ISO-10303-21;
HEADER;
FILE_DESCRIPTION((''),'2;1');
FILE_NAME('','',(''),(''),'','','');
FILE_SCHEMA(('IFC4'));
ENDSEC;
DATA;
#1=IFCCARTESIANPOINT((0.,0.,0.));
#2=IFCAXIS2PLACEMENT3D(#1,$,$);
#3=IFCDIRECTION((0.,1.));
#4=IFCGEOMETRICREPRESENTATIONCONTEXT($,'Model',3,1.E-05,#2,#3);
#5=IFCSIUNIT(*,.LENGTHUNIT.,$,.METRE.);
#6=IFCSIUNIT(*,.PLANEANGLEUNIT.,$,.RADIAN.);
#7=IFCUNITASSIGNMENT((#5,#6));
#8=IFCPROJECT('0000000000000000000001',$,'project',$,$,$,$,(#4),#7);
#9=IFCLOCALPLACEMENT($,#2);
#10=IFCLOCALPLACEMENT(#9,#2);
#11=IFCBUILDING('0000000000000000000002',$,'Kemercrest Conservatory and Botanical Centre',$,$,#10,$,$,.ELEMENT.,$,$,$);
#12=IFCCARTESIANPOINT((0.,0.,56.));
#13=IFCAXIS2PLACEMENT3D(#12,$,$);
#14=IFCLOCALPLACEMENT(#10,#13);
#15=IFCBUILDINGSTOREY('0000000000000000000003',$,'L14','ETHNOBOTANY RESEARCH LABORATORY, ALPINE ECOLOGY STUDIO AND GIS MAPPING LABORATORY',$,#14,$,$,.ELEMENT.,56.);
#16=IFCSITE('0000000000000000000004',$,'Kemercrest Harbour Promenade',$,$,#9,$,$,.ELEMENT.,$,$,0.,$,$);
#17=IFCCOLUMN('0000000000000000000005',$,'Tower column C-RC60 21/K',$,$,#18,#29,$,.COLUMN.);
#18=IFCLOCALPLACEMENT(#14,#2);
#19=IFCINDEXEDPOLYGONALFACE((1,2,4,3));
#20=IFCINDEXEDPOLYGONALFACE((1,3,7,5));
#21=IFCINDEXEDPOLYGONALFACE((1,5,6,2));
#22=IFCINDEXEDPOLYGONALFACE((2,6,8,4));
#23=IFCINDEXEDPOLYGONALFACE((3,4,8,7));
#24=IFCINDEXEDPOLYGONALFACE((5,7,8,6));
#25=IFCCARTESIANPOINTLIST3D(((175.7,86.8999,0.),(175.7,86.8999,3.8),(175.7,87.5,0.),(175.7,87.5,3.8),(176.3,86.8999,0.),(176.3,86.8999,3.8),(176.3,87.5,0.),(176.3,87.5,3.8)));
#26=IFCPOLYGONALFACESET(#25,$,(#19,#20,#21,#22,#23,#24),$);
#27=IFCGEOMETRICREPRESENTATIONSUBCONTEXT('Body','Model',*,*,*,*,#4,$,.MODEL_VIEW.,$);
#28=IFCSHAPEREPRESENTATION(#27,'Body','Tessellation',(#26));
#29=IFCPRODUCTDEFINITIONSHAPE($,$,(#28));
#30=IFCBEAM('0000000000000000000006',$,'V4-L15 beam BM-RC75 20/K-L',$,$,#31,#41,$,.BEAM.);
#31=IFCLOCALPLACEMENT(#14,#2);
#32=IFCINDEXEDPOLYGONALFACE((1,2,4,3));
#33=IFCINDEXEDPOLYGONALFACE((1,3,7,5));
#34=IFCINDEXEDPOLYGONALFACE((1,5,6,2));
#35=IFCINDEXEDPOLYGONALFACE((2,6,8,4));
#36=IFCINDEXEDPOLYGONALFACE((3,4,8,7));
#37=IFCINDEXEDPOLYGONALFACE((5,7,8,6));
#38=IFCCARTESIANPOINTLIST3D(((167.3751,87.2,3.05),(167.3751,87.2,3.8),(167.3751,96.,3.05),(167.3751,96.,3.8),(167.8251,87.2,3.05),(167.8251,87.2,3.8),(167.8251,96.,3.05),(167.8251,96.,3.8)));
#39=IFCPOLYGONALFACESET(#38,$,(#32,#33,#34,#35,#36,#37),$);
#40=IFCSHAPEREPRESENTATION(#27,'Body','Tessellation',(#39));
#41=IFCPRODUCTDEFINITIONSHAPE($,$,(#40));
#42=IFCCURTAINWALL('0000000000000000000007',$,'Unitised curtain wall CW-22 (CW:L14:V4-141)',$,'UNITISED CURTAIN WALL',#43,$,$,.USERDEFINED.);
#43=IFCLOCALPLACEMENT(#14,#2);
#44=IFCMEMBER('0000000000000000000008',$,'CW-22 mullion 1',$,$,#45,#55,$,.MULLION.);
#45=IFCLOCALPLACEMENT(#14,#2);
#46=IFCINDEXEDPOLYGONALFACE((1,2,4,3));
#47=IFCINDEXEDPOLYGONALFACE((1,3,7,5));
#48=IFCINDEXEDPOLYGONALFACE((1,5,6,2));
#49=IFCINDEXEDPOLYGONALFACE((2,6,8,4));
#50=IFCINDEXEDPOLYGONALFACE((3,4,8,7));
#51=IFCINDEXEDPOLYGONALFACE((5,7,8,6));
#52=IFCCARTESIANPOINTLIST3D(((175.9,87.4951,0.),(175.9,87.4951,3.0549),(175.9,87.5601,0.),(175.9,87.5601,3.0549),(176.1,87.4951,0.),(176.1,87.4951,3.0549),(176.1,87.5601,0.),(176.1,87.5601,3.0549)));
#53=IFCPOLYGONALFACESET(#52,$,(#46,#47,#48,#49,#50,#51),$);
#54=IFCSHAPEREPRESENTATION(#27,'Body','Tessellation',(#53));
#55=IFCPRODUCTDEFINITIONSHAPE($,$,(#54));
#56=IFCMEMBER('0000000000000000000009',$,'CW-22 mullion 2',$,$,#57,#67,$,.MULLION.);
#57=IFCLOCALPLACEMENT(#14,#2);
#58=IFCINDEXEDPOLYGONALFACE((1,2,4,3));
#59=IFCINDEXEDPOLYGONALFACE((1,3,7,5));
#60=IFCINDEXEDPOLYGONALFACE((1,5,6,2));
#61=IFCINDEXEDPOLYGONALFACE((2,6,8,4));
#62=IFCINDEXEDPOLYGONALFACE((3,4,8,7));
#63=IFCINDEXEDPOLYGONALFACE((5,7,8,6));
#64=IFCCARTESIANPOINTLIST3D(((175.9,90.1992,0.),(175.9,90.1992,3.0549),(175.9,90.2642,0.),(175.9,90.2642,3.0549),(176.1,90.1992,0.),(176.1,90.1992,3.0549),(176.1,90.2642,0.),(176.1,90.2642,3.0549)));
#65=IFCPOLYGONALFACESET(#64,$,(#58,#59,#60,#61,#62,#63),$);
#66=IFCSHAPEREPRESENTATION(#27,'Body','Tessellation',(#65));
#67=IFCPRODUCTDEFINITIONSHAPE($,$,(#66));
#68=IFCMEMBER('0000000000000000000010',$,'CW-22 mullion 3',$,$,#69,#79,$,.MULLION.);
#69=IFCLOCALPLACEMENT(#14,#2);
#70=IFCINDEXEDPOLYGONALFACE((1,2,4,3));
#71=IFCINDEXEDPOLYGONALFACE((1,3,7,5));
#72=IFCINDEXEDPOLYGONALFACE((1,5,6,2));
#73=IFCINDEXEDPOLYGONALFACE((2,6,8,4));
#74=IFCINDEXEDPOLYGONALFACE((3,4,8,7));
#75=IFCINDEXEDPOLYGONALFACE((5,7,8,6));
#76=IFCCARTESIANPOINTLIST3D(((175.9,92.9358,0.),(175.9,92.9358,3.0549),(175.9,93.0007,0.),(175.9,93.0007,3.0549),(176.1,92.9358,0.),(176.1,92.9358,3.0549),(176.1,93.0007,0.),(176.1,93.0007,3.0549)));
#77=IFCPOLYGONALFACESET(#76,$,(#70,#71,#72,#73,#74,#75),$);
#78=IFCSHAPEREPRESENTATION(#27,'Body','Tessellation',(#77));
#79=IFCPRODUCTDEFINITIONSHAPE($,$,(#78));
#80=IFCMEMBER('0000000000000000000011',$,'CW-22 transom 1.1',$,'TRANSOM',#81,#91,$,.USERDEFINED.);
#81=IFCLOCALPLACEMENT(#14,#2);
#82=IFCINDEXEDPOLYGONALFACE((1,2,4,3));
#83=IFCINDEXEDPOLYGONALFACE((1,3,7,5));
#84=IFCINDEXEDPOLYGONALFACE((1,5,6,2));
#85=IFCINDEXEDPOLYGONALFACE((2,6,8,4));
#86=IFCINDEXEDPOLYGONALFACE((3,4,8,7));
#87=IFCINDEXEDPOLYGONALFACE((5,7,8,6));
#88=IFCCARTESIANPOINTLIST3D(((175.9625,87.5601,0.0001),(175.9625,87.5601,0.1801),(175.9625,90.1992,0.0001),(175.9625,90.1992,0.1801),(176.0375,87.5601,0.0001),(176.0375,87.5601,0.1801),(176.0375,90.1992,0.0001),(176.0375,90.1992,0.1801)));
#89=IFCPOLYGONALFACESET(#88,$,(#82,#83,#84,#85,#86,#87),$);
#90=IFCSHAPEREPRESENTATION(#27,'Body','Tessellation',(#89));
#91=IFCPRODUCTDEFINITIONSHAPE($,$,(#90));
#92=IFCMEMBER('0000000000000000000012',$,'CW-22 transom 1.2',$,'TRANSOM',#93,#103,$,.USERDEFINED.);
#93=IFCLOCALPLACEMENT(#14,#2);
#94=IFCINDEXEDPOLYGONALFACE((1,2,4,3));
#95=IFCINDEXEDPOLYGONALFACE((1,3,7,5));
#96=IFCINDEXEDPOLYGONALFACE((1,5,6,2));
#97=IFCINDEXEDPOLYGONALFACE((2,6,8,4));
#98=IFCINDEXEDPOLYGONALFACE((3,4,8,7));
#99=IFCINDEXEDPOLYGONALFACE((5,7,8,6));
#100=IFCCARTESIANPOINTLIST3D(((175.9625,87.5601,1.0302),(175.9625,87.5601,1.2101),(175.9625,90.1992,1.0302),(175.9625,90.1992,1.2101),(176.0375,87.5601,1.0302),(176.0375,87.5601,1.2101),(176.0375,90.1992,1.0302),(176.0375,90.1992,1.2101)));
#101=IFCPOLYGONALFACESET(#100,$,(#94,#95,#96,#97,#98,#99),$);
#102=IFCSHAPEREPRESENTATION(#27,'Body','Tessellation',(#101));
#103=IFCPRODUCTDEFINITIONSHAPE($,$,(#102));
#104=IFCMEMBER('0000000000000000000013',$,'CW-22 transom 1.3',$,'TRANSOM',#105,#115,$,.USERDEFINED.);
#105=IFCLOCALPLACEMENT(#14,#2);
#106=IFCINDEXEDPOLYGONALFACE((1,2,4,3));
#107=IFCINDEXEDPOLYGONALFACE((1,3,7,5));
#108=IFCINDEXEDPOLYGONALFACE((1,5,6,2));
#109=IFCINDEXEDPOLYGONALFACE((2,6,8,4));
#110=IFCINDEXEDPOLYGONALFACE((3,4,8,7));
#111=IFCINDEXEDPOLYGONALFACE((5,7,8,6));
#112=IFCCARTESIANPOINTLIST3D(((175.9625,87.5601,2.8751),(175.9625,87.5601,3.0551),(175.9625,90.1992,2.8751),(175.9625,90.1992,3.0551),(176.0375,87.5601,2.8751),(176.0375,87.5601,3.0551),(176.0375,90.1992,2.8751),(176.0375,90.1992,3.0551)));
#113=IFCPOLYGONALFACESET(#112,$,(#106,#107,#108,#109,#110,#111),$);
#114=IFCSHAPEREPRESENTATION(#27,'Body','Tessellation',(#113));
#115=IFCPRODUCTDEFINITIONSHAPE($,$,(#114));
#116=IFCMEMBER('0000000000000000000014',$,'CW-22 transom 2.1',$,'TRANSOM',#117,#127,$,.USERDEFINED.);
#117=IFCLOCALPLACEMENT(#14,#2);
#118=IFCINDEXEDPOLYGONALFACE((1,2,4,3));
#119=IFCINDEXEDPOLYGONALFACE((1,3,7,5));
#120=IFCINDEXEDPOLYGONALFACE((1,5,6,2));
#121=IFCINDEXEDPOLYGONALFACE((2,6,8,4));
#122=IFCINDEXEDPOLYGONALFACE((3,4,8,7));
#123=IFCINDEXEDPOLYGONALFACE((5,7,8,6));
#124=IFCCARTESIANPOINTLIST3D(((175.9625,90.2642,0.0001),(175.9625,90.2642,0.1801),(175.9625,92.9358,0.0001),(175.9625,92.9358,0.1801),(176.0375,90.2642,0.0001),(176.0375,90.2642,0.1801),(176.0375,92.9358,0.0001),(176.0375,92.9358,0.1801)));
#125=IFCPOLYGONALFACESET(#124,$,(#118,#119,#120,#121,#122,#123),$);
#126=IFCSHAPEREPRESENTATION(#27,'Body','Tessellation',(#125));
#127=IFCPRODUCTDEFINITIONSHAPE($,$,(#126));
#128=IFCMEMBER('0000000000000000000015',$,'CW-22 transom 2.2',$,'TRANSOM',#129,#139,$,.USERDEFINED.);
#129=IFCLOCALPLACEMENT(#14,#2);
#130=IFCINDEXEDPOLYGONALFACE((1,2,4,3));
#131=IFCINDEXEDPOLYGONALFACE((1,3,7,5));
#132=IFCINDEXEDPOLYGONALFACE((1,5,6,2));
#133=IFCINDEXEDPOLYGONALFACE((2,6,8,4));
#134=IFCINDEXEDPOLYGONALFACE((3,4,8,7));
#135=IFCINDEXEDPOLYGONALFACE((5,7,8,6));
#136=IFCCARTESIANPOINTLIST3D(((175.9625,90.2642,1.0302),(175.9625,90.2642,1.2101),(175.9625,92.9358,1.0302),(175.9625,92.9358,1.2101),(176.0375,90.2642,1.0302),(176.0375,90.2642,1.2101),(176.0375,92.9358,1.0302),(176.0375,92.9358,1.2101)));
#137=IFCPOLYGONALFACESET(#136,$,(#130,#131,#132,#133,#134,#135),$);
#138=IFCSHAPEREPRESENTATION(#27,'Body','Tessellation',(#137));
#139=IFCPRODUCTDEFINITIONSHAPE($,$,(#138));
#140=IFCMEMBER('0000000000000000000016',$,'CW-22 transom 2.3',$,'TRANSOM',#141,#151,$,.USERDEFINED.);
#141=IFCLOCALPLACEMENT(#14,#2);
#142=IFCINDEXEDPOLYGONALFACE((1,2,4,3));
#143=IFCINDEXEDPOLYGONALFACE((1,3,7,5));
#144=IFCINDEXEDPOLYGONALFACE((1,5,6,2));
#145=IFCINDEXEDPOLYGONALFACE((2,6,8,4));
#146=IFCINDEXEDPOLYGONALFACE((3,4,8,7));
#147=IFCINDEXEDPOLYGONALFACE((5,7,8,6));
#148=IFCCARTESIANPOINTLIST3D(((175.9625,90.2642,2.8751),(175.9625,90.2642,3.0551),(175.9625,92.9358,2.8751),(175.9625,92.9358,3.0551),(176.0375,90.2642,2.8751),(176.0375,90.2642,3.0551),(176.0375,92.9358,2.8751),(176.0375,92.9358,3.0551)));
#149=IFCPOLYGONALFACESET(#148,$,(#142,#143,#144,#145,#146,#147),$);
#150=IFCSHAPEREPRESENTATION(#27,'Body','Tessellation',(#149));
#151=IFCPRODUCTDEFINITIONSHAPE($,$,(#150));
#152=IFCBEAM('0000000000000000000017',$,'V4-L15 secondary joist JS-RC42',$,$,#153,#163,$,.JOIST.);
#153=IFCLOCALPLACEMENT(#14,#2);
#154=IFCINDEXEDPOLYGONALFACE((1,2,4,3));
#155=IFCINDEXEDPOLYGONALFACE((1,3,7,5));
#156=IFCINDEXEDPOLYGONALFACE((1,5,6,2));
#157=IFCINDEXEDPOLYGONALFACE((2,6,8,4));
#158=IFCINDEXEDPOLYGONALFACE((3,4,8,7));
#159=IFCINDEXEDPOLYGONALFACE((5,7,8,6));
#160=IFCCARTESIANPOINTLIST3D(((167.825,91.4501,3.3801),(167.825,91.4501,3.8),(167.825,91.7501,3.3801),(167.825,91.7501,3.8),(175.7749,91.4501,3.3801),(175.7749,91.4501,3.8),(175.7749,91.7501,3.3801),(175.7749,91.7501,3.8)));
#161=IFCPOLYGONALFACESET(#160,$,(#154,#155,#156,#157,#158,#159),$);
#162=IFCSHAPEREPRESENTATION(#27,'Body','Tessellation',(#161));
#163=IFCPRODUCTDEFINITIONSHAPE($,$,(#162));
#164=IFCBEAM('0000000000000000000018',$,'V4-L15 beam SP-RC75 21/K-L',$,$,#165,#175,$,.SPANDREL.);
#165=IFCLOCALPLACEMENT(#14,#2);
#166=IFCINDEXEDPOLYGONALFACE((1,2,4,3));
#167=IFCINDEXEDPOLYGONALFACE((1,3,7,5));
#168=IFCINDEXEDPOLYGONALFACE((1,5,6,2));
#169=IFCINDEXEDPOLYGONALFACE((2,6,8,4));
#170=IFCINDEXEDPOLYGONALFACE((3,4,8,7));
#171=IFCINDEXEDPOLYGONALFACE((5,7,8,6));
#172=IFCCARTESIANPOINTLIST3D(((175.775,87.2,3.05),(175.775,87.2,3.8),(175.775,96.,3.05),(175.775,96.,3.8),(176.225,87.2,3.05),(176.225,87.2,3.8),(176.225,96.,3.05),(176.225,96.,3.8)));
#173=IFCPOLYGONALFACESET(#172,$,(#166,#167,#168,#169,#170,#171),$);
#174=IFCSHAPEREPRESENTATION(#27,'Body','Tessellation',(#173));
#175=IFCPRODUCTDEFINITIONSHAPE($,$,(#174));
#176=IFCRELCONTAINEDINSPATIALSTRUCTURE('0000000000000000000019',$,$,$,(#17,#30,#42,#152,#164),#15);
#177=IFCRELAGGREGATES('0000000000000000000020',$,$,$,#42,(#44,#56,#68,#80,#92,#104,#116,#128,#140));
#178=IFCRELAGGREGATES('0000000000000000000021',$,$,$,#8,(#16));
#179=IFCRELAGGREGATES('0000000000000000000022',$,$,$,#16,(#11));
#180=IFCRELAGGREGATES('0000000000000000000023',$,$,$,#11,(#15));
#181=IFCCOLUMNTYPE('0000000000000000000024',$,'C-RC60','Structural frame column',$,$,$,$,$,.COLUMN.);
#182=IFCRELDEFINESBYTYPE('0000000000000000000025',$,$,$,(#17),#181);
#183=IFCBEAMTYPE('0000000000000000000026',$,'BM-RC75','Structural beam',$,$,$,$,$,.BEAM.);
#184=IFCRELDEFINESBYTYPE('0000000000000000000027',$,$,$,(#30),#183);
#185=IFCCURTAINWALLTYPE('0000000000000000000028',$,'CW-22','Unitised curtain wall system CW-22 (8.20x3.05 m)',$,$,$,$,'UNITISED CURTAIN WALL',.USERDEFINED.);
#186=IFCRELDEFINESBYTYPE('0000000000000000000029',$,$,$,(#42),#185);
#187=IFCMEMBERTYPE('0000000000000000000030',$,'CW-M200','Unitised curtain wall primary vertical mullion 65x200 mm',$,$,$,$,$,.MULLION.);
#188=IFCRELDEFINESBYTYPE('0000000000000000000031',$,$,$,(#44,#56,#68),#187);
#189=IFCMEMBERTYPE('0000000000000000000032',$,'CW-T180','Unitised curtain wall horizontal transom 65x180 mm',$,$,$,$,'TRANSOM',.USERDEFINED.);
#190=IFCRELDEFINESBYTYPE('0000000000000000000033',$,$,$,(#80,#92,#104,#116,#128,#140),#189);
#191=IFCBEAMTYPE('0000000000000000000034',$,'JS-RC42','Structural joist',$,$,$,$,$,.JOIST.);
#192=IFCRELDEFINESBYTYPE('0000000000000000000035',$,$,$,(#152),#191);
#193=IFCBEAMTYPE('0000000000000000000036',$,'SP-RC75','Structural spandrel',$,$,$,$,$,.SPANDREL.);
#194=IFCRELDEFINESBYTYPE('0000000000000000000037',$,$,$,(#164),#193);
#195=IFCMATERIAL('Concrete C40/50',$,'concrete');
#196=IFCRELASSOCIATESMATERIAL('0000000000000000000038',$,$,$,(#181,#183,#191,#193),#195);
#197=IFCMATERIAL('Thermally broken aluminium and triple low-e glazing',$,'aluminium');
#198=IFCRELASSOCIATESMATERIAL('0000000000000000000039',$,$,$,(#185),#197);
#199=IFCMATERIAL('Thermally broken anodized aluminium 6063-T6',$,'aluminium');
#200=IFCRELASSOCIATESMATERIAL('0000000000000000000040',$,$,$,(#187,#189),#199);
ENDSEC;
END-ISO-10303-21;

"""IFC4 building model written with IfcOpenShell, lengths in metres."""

from ifc_helpers import new_model, si_unit, direction, frame, origin, origin_2d, place, context, subcontext, project, spatial, rectangle, extrude, material, material_profile, profile_set, type_object, element, aggregate, save


model = new_model("IFC4")

# Units and contexts
model_context = context("Model", 3, precision=1e-05, world=origin(), true_north=direction((0.0, 1.0)))
body_context = subcontext(model_context, "Body", "Model", "MODEL_VIEW")
ifc_project = project(units=[si_unit("LENGTHUNIT", "METRE"), si_unit("PLANEANGLEUNIT", "RADIAN")], contexts=[model_context])

# Site, building, storey
site_placement = place(None, origin())
site = spatial("IfcSite", under=ifc_project, at=site_placement, Name="Kemercrest Harbour Promenade", CompositionType="ELEMENT", RefElevation=0.0)
building_placement = place(site_placement, origin())
building = spatial("IfcBuilding", under=site, at=building_placement, Name="Kemercrest Conservatory and Botanical Centre", CompositionType="ELEMENT")
storey_placement = place(building_placement, frame((0.0, 0.0, 56.0)))
storey = spatial("IfcBuildingStorey", under=building, at=storey_placement, Name="L14", Description="ETHNOBOTANY RESEARCH LABORATORY, ALPINE ECOLOGY STUDIO AND GIS MAPPING LABORATORY", CompositionType="ELEMENT", Elevation=56.0)

# Column
ifc_material_1 = material(Name="Concrete C40/50", Category="concrete")
ifc_material_profile_1 = material_profile(ifc_material_1, rectangle(XDim=0.6001, YDim=0.6001, at=origin_2d()), Name="RC 600x600")
ifc_profile_set_1 = profile_set([ifc_material_profile_1], Name="Concrete C40/50")
column_type = type_object("IfcColumnType", Name="C-RC60", Description="Structural frame column", PredefinedType="COLUMN", material=ifc_profile_set_1)
column_placement = place(storey_placement, frame((176.0, 87.2, 0.0), z_axis=(0.0, 0.0, 1.0), x_axis=(1.0, 0.0, 0.0)))
element("IfcColumn", 1, at=column_placement, inside=storey, type_object=column_type, Name="Tower column C-RC60 21/K", PredefinedType="COLUMN", context=body_context, shape_type="SweptSolid", body=[
    extrude(rectangle(XDim=0.6001, YDim=0.6001, at=origin_2d()), origin(), (0.0, 0.0, 1.0), 3.8),
])

# Beam
ifc_material_profile_2 = material_profile(ifc_material_1, rectangle(XDim=0.45, YDim=0.75, at=origin_2d()), Name="RC 450x750")
ifc_profile_set_2 = profile_set([ifc_material_profile_2], Name="Concrete C40/50")
beam_type_1 = type_object("IfcBeamType", Name="BM-RC75", Description="Structural beam", PredefinedType="BEAM", material=ifc_profile_set_2)
beam_1_placement = place(storey_placement, frame((167.6001, 87.2, 3.425), z_axis=(0.0, 1.0, 0.0), x_axis=(-1.0, 0.0, 0.0)))
element("IfcBeam", 2, at=beam_1_placement, inside=storey, type_object=beam_type_1, Name="V4-L15 beam BM-RC75 20/K-L", PredefinedType="BEAM", context=body_context, shape_type="SweptSolid", body=[
    extrude(rectangle(XDim=0.45, YDim=0.75, at=origin_2d()), origin(), (0.0, 0.0, 1.0), 8.8),
])

# Curtain wall, members
ifc_material_2 = material(Name="Thermally broken aluminium and triple low-e glazing", Category="aluminium")
curtain_wall_type = type_object("IfcCurtainWallType", Name="CW-22", Description="Unitised curtain wall system CW-22 (8.20x3.05 m)", ElementType="UNITISED CURTAIN WALL", PredefinedType="USERDEFINED", material=ifc_material_2)
curtain_wall_placement = place(storey_placement, origin())
curtain_wall = element("IfcCurtainWall", 3, at=curtain_wall_placement, inside=storey, type_object=curtain_wall_type, Name="Unitised curtain wall CW-22 (CW:L14:V4-141)", ObjectType="UNITISED CURTAIN WALL", PredefinedType="USERDEFINED")
ifc_material_3 = material(Name="Thermally broken anodized aluminium 6063-T6", Category="aluminium")
ifc_material_profile_3 = material_profile(ifc_material_3, rectangle(XDim=0.2, YDim=0.0649, at=origin_2d()), Name="AL MULLION 65x200")
ifc_profile_set_3 = profile_set([ifc_material_profile_3], Name="Thermally broken anodized aluminium 6063-T6")
member_type_1 = type_object("IfcMemberType", Name="CW-M200", Description="Unitised curtain wall primary vertical mullion 65x200 mm", PredefinedType="MULLION", material=ifc_profile_set_3)
member_1_placement = place(storey_placement, frame((176.0, 87.5276, 0.0), z_axis=(0.0, 0.0, 1.0), x_axis=(-1.0, 0.0, 0.0)))
member_1 = element("IfcMember", 4, at=member_1_placement, type_object=member_type_1, Name="CW-22 mullion 1", PredefinedType="MULLION", context=body_context, shape_type="SweptSolid", body=[
    extrude(rectangle(XDim=0.2, YDim=0.0649, at=origin_2d()), origin(), (0.0, 0.0, 1.0), 3.0549),
])
member_2_placement = place(storey_placement, frame((176.0, 90.2317, 0.0), z_axis=(0.0, 0.0, 1.0), x_axis=(-1.0, 0.0, 0.0)))
member_2 = element("IfcMember", 5, at=member_2_placement, type_object=member_type_1, Name="CW-22 mullion 2", PredefinedType="MULLION", context=body_context, shape_type="SweptSolid", body=[
    extrude(rectangle(XDim=0.2, YDim=0.0649, at=origin_2d()), origin(), (0.0, 0.0, 1.0), 3.0549),
])
member_3_placement = place(storey_placement, frame((176.0, 92.9683, 0.0), z_axis=(0.0, 0.0, 1.0), x_axis=(-1.0, 0.0, 0.0)))
member_3 = element("IfcMember", 6, at=member_3_placement, type_object=member_type_1, Name="CW-22 mullion 3", PredefinedType="MULLION", context=body_context, shape_type="SweptSolid", body=[
    extrude(rectangle(XDim=0.2, YDim=0.0649, at=origin_2d()), origin(), (0.0, 0.0, 1.0), 3.0549),
])
ifc_material_profile_4 = material_profile(ifc_material_3, rectangle(XDim=0.075, YDim=0.1799, at=origin_2d()), Name="AL TRANSOM 75x180")
ifc_profile_set_4 = profile_set([ifc_material_profile_4], Name="Thermally broken anodized aluminium 6063-T6")
member_type_2 = type_object("IfcMemberType", Name="CW-T180", Description="Unitised curtain wall horizontal transom 65x180 mm", ElementType="TRANSOM", PredefinedType="USERDEFINED", material=ifc_profile_set_4)
member_4_placement = place(storey_placement, frame((176.0, 87.5601, 0.0901), z_axis=(0.0, 1.0, 0.0), x_axis=(-1.0, 0.0, 0.0)))
member_4 = element("IfcMember", 7, at=member_4_placement, type_object=member_type_2, Name="CW-22 transom 1.1", ObjectType="TRANSOM", PredefinedType="USERDEFINED", context=body_context, shape_type="SweptSolid", body=[
    extrude(rectangle(XDim=0.075, YDim=0.1799, at=origin_2d()), origin(), (0.0, 0.0, 1.0), 2.6392),
])
member_5_placement = place(storey_placement, frame((176.0, 87.5601, 1.1201), z_axis=(0.0, 1.0, 0.0), x_axis=(-1.0, 0.0, 0.0)))
member_5 = element("IfcMember", 8, at=member_5_placement, type_object=member_type_2, Name="CW-22 transom 1.2", ObjectType="TRANSOM", PredefinedType="USERDEFINED", context=body_context, shape_type="SweptSolid", body=[
    extrude(rectangle(XDim=0.075, YDim=0.1799, at=origin_2d()), origin(), (0.0, 0.0, 1.0), 2.6392),
])
member_6_placement = place(storey_placement, frame((176.0, 87.5601, 2.9651), z_axis=(0.0, 1.0, 0.0), x_axis=(-1.0, 0.0, 0.0)))
member_6 = element("IfcMember", 9, at=member_6_placement, type_object=member_type_2, Name="CW-22 transom 1.3", ObjectType="TRANSOM", PredefinedType="USERDEFINED", context=body_context, shape_type="SweptSolid", body=[
    extrude(rectangle(XDim=0.075, YDim=0.1799, at=origin_2d()), origin(), (0.0, 0.0, 1.0), 2.6392),
])
member_7_placement = place(storey_placement, frame((176.0, 90.2642, 0.0901), z_axis=(0.0, 1.0, 0.0), x_axis=(-1.0, 0.0, 0.0)))
member_7 = element("IfcMember", 10, at=member_7_placement, type_object=member_type_2, Name="CW-22 transom 2.1", ObjectType="TRANSOM", PredefinedType="USERDEFINED", context=body_context, shape_type="SweptSolid", body=[
    extrude(rectangle(XDim=0.075, YDim=0.1799, at=origin_2d()), origin(), (0.0, 0.0, 1.0), 2.6716),
])
member_8_placement = place(storey_placement, frame((176.0, 90.2642, 1.1201), z_axis=(0.0, 1.0, 0.0), x_axis=(-1.0, 0.0, 0.0)))
member_8 = element("IfcMember", 11, at=member_8_placement, type_object=member_type_2, Name="CW-22 transom 2.2", ObjectType="TRANSOM", PredefinedType="USERDEFINED", context=body_context, shape_type="SweptSolid", body=[
    extrude(rectangle(XDim=0.075, YDim=0.1799, at=origin_2d()), origin(), (0.0, 0.0, 1.0), 2.6716),
])
member_9_placement = place(storey_placement, frame((176.0, 90.2642, 2.9651), z_axis=(0.0, 1.0, 0.0), x_axis=(-1.0, 0.0, 0.0)))
member_9 = element("IfcMember", 12, at=member_9_placement, type_object=member_type_2, Name="CW-22 transom 2.3", ObjectType="TRANSOM", PredefinedType="USERDEFINED", context=body_context, shape_type="SweptSolid", body=[
    extrude(rectangle(XDim=0.075, YDim=0.1799, at=origin_2d()), origin(), (0.0, 0.0, 1.0), 2.6716),
])

# Beams
ifc_material_profile_5 = material_profile(ifc_material_1, rectangle(XDim=0.3, YDim=0.4199, at=origin_2d()), Name="RC 300x420")
ifc_profile_set_5 = profile_set([ifc_material_profile_5], Name="Concrete C40/50")
beam_type_2 = type_object("IfcBeamType", Name="JS-RC42", Description="Structural joist", PredefinedType="JOIST", material=ifc_profile_set_5)
beam_2_placement = place(storey_placement, frame((167.825, 91.6001, 3.5901), z_axis=(1.0, 0.0, 0.0), x_axis=(0.0, 1.0, 0.0)))
element("IfcBeam", 13, at=beam_2_placement, inside=storey, type_object=beam_type_2, Name="V4-L15 secondary joist JS-RC42", PredefinedType="JOIST", context=body_context, shape_type="SweptSolid", body=[
    extrude(rectangle(XDim=0.3, YDim=0.4199, at=origin_2d()), origin(), (0.0, 0.0, 1.0), 7.95),
])
ifc_material_profile_6 = material_profile(ifc_material_1, rectangle(XDim=0.45, YDim=0.75, at=origin_2d()), Name="RC 450x750")
ifc_profile_set_6 = profile_set([ifc_material_profile_6], Name="Concrete C40/50")
beam_type_3 = type_object("IfcBeamType", Name="SP-RC75", Description="Structural spandrel", PredefinedType="SPANDREL", material=ifc_profile_set_6)
beam_3_placement = place(storey_placement, frame((176.0, 87.2, 3.425), z_axis=(0.0, 1.0, 0.0), x_axis=(-1.0, 0.0, 0.0)))
element("IfcBeam", 14, at=beam_3_placement, inside=storey, type_object=beam_type_3, Name="V4-L15 beam SP-RC75 21/K-L", PredefinedType="SPANDREL", context=body_context, shape_type="SweptSolid", body=[
    extrude(rectangle(XDim=0.45, YDim=0.75, at=origin_2d()), origin(), (0.0, 0.0, 1.0), 8.8),
])

aggregate(curtain_wall, [member_1, member_2, member_3, member_4, member_5, member_6, member_7, member_8, member_9])

save(model, "model.ifc")
